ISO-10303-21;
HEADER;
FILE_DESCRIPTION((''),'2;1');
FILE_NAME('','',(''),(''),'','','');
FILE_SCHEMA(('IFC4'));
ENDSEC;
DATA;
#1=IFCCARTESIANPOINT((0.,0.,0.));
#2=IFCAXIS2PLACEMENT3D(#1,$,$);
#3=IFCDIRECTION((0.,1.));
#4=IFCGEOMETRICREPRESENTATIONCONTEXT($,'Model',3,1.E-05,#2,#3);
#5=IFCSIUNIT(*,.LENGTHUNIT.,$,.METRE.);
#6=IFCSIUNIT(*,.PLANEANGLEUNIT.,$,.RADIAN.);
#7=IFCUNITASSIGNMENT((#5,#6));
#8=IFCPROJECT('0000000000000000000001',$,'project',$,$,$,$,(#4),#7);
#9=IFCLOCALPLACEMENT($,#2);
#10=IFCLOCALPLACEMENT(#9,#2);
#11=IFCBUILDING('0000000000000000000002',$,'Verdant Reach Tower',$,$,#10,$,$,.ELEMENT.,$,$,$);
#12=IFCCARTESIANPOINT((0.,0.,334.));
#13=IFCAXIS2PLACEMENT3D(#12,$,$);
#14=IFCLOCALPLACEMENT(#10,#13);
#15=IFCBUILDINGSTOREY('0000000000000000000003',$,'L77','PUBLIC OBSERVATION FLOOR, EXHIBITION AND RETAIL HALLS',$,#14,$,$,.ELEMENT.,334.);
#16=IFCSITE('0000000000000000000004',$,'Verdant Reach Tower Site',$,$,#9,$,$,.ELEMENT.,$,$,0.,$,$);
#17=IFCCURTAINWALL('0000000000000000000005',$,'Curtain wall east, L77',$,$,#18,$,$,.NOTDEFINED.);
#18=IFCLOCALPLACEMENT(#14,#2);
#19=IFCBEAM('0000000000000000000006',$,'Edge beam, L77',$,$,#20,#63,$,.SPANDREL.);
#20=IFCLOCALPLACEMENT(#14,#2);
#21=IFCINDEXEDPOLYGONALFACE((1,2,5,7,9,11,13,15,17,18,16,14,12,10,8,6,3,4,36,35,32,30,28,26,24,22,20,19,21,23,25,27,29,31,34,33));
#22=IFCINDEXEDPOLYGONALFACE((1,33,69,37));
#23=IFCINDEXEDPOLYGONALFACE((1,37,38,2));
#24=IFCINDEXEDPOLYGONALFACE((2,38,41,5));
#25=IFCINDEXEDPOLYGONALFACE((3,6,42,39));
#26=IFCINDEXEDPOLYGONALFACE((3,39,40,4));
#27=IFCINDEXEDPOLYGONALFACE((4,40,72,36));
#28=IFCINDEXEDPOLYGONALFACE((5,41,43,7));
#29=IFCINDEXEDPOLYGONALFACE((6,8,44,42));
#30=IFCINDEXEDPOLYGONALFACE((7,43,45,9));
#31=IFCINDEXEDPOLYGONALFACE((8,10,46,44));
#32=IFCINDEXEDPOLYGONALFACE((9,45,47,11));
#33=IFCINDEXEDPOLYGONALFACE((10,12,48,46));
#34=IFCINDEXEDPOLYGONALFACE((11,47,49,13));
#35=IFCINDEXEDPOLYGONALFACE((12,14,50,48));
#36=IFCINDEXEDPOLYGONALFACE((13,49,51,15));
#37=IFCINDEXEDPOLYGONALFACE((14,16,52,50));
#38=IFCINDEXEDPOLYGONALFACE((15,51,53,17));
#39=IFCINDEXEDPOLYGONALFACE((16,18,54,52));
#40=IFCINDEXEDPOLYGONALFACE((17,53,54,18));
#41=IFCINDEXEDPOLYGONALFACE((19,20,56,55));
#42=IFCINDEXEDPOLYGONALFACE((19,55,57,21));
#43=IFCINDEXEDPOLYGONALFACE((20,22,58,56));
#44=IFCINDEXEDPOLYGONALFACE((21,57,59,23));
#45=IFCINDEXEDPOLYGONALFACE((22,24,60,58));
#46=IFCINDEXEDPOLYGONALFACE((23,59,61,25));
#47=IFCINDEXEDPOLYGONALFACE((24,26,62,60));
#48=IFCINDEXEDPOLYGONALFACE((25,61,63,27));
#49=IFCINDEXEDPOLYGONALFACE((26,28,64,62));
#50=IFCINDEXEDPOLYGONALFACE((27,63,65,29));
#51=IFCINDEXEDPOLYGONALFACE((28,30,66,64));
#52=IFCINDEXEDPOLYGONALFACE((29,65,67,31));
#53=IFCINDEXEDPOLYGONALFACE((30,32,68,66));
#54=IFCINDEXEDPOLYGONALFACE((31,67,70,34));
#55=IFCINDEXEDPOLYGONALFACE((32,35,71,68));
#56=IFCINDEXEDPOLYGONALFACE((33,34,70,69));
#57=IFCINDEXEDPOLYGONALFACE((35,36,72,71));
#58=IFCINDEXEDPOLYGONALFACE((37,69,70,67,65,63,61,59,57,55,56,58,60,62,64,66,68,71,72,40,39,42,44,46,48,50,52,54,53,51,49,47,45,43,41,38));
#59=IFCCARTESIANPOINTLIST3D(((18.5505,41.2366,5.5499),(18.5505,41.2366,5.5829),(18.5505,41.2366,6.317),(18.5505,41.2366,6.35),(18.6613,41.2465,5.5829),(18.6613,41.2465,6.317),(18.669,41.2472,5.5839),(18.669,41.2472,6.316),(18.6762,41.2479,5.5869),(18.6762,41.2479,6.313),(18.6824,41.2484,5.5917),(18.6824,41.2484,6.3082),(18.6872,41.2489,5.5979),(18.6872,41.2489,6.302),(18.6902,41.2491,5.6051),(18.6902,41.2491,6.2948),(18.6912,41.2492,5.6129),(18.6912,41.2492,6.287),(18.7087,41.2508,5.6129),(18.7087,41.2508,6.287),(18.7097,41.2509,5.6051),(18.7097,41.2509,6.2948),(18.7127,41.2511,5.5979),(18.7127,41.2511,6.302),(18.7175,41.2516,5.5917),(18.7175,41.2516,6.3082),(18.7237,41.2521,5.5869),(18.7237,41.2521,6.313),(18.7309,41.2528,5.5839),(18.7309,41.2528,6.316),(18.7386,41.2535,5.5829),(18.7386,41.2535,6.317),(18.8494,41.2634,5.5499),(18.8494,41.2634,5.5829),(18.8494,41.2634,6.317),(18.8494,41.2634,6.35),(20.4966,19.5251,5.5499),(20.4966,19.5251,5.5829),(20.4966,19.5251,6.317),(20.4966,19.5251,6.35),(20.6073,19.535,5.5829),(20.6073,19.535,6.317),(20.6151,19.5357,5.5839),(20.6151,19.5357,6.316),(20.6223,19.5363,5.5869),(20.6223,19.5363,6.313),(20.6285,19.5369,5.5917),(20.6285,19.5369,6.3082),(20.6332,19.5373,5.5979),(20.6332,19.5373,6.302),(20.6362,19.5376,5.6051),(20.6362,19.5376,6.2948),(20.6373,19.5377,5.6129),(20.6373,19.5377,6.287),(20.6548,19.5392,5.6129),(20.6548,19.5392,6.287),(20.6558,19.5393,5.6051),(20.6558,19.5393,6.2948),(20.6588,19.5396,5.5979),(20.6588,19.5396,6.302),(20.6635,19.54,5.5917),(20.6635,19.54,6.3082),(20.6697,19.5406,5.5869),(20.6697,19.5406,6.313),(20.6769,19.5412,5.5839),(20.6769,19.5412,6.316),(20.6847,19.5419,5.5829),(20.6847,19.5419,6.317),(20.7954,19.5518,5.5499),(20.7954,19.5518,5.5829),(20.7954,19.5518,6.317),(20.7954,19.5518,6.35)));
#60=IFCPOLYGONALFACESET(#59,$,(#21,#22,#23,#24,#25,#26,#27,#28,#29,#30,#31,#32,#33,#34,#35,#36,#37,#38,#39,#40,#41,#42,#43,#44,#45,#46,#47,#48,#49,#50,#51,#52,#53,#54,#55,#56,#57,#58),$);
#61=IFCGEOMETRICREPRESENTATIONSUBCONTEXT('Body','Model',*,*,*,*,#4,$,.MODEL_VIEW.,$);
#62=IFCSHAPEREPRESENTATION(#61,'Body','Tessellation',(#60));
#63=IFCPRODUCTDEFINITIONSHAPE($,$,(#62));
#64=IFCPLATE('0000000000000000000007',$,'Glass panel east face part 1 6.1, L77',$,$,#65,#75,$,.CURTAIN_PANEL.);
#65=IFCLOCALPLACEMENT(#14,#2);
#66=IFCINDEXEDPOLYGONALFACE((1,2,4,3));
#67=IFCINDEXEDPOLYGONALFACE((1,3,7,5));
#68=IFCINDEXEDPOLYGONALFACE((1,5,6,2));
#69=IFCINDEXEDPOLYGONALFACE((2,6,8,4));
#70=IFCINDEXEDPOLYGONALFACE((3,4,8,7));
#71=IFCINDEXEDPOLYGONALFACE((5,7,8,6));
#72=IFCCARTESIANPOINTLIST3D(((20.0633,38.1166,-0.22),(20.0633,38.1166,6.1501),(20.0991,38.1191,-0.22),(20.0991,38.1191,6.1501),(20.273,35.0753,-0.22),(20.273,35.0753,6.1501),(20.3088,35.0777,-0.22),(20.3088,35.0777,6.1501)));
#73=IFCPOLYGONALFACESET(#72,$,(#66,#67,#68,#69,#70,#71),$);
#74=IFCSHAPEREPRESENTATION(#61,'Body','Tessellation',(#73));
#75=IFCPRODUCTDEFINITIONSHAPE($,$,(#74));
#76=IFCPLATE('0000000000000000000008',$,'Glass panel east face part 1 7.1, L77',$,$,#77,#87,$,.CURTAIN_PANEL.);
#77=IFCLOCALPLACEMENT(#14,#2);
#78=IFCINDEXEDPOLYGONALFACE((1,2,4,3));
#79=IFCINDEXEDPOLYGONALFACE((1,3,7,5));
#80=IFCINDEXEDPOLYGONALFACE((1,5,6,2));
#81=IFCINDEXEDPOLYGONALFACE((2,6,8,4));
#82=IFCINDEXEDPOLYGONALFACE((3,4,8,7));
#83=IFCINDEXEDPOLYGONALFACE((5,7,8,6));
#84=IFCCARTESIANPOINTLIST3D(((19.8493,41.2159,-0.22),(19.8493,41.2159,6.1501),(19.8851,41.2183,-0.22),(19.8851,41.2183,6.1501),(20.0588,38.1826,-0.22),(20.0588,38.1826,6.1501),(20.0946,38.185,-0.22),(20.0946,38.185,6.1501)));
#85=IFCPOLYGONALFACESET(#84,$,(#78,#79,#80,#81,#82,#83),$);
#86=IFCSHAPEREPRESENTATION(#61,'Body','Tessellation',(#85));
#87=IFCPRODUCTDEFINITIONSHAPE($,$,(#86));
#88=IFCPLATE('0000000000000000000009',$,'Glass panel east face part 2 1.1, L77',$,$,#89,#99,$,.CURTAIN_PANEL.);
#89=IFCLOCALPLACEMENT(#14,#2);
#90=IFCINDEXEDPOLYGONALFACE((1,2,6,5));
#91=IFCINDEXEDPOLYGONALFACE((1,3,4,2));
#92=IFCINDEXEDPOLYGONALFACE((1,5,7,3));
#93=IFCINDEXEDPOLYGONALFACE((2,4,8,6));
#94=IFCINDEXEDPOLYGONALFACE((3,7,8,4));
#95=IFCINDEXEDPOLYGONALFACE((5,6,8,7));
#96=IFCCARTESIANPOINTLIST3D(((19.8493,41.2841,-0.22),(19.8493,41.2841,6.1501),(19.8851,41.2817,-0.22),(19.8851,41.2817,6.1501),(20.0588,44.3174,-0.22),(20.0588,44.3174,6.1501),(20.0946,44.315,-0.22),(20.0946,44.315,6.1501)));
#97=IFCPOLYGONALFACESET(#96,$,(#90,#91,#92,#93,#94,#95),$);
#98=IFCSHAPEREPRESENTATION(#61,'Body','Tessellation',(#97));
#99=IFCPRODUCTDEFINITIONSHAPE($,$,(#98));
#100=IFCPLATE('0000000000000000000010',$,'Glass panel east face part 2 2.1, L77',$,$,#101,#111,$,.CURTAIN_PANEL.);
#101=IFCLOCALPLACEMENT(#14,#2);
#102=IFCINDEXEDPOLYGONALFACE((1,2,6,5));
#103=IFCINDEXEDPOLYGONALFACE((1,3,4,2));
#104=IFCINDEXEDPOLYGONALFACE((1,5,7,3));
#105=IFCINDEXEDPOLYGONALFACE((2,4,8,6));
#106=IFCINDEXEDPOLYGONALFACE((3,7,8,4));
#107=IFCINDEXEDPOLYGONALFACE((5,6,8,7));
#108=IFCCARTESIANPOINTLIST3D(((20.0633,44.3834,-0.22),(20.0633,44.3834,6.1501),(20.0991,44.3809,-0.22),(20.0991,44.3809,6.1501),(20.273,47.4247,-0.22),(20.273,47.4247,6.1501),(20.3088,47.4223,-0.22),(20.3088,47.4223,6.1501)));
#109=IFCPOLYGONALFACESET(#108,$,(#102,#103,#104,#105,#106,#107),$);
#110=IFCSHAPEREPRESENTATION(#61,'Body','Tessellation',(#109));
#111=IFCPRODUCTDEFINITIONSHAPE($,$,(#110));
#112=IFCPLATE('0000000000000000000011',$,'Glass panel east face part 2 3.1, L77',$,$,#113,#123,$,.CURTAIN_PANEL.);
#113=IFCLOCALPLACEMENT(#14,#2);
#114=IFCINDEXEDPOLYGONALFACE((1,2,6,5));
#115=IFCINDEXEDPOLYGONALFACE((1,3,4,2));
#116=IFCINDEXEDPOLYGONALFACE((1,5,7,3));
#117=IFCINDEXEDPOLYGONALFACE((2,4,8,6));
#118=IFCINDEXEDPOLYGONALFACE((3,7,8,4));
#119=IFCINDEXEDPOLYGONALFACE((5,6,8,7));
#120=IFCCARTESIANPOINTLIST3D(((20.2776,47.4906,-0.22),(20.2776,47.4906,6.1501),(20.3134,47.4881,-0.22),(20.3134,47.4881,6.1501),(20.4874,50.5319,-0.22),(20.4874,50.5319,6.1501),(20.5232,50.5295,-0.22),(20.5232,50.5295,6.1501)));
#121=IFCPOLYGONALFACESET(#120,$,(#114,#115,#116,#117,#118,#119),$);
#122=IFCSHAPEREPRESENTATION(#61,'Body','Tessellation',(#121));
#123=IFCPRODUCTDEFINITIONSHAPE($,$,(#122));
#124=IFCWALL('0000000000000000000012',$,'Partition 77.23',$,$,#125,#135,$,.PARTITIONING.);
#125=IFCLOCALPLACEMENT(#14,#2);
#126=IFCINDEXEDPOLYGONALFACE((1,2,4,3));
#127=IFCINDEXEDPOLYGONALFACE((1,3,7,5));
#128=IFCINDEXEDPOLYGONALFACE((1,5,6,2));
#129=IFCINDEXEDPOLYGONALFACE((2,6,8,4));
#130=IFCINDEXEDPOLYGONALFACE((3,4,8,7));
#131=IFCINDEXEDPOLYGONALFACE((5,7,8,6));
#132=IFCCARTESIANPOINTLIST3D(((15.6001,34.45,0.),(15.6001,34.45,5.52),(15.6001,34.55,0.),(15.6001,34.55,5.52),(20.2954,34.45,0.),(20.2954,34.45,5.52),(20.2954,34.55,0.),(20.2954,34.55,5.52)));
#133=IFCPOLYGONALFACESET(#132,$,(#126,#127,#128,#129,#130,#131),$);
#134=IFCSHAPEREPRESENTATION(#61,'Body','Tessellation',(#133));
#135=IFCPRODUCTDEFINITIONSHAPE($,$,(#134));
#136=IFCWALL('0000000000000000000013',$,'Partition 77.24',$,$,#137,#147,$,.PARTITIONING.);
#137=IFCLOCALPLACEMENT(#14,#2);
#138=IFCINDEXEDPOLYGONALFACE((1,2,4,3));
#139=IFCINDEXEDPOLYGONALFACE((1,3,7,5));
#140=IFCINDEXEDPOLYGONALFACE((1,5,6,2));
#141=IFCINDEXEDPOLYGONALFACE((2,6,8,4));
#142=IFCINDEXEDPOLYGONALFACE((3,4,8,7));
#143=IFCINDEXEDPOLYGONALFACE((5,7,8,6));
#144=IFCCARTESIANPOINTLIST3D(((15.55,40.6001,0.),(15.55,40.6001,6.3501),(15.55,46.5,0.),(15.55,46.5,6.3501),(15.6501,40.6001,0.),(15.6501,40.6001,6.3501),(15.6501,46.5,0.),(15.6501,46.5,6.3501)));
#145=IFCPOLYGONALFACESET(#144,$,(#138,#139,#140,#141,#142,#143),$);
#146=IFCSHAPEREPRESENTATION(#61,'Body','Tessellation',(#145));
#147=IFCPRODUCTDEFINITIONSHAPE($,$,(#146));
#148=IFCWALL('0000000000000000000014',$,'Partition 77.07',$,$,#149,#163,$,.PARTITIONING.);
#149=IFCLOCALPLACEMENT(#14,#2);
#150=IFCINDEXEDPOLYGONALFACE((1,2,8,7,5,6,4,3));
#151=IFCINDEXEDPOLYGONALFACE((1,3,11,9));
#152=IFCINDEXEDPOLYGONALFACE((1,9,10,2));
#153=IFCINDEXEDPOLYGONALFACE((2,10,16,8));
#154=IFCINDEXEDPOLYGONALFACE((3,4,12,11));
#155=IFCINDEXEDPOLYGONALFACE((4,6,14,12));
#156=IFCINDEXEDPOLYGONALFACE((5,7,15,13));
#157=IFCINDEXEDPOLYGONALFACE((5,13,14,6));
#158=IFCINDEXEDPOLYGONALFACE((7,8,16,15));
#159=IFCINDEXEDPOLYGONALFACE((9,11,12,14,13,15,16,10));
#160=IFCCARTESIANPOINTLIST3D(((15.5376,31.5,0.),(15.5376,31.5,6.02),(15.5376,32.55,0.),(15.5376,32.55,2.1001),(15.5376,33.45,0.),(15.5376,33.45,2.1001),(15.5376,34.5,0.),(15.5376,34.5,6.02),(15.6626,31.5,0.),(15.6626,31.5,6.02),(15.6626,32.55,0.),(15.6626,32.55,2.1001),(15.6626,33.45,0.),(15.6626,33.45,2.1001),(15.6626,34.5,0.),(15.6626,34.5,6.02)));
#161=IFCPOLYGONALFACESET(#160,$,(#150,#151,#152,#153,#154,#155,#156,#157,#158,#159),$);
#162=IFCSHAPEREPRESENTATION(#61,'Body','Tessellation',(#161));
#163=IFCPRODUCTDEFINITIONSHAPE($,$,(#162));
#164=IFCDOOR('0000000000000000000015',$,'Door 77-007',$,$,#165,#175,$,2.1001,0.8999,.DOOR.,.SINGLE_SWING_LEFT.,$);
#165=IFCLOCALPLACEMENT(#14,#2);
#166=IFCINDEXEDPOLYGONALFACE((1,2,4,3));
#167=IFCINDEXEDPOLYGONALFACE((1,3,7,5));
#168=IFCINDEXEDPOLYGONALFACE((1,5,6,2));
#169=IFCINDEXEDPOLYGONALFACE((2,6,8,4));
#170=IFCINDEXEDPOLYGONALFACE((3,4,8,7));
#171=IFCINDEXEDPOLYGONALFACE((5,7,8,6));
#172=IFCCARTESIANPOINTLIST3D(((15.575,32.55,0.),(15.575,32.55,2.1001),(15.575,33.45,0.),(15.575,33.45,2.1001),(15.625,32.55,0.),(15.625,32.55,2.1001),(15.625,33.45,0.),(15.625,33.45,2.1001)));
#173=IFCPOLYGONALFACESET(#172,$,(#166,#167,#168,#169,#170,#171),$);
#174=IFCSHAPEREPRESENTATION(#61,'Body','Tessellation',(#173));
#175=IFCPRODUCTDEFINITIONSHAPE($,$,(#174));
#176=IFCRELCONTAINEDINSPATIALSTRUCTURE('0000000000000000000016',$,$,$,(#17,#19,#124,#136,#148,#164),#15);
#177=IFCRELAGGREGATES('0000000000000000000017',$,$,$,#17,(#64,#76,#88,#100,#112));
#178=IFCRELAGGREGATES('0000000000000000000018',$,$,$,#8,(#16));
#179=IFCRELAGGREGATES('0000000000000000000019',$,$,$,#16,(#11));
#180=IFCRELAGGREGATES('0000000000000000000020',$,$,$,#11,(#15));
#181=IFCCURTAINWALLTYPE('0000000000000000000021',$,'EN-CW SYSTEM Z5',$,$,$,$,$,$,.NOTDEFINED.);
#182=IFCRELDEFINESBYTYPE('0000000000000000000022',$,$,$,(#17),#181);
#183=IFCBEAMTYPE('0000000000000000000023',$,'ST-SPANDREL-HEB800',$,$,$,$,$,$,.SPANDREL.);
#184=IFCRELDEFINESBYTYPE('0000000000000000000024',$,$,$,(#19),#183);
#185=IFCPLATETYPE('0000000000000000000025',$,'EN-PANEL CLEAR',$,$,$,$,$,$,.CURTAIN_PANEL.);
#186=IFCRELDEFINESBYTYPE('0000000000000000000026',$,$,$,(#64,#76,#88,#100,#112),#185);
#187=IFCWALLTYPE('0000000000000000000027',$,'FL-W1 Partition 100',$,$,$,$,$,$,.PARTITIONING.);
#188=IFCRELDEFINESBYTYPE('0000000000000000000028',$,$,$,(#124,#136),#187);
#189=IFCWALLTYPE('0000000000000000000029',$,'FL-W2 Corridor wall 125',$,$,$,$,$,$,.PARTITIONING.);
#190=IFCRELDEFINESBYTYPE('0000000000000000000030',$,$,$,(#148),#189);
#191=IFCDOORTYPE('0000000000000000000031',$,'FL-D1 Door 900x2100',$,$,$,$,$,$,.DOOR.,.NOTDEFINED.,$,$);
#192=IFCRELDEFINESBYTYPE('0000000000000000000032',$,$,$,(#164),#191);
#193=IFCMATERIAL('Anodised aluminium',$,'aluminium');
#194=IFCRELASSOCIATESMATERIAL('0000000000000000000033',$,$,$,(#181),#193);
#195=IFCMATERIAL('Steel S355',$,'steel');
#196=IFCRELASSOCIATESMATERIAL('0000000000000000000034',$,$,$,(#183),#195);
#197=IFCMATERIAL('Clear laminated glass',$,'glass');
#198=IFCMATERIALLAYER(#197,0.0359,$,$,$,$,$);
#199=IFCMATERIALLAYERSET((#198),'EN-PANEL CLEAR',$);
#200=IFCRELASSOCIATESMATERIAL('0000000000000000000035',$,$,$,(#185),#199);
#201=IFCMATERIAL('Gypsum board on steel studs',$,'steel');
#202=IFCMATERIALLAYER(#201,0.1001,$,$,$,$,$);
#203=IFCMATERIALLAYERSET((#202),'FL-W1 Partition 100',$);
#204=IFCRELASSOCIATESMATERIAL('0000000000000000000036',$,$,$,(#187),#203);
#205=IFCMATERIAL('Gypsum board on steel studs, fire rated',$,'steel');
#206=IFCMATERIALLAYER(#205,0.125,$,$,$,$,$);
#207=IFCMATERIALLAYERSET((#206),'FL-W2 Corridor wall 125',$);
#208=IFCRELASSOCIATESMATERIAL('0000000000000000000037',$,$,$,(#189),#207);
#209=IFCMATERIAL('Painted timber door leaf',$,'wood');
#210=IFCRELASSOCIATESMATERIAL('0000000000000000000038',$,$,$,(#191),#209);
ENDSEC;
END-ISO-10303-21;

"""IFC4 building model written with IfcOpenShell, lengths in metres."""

from ifc_helpers import new_model, si_unit, direction, frame, frame_2d, origin, origin_2d, place, context, subcontext, project, spatial, rectangle, i_section, extrude, material, layer, layer_set, material_profile, profile_set, type_object, element, fill, aggregate, save


model = new_model("IFC4")

# Units and contexts
model_context = context("Model", 3, precision=1e-05, world=origin(), true_north=direction((0.0, 1.0)))
body_context = subcontext(model_context, "Body", "Model", "MODEL_VIEW")
ifc_project = project(units=[si_unit("LENGTHUNIT", "METRE"), si_unit("PLANEANGLEUNIT", "RADIAN")], contexts=[model_context])

# Site, building, storey
site_placement = place(None, origin())
site = spatial("IfcSite", under=ifc_project, at=site_placement, Name="Verdant Reach Tower Site", CompositionType="ELEMENT", RefElevation=0.0)
building_placement = place(site_placement, origin())
building = spatial("IfcBuilding", under=site, at=building_placement, Name="Verdant Reach Tower", CompositionType="ELEMENT")
storey_placement = place(building_placement, frame((0.0, 0.0, 334.0)))
storey = spatial("IfcBuildingStorey", under=building, at=storey_placement, Name="L77", Description="PUBLIC OBSERVATION FLOOR, EXHIBITION AND RETAIL HALLS", CompositionType="ELEMENT", Elevation=334.0)

# Curtain wall
ifc_material_1 = material(Name="Anodised aluminium", Category="aluminium")
curtain_wall_type = type_object("IfcCurtainWallType", Name="EN-CW SYSTEM Z5", PredefinedType="NOTDEFINED", material=ifc_material_1)
curtain_wall_placement = place(storey_placement, origin())
curtain_wall = element("IfcCurtainWall", 1, at=curtain_wall_placement, inside=storey, type_object=curtain_wall_type, Name="Curtain wall east, L77", PredefinedType="NOTDEFINED")

# Beam
ifc_material_2 = material(Name="Steel S355", Category="steel")
ifc_material_profile_1 = material_profile(ifc_material_2, i_section(OverallWidth=0.3, OverallDepth=0.8, WebThickness=0.0176, FlangeThickness=0.033, FilletRadius=0.03, at=origin_2d()), Name="HEB 800")
ifc_profile_set_1 = profile_set([ifc_material_profile_1], Name="Steel S355")
beam_type_1 = type_object("IfcBeamType", Name="ST-SPANDREL-HEB800", PredefinedType="SPANDREL", material=ifc_profile_set_1)
beam_1_placement = place(storey_placement, frame((18.7, 41.25, 5.95), z_axis=(0.089274, -0.996007, 0.0), x_axis=(0.996007, 0.089274, 0.0)))
element("IfcBeam", 2, at=beam_1_placement, inside=storey, type_object=beam_type_1, Name="Edge beam, L77", PredefinedType="SPANDREL", context=body_context, shape_type="SweptSolid", body=[
    extrude(i_section(OverallWidth=0.3, OverallDepth=0.8, WebThickness=0.0176, FlangeThickness=0.033, FilletRadius=0.03, at=origin_2d()), origin(), (0.0, 0.0, 1.0), 21.7986),
])

# Plates
ifc_material_3 = material(Name="Clear laminated glass", Category="glass")
ifc_layer_1 = layer(ifc_material_3, 0.0359)
ifc_layer_set_1 = layer_set([ifc_layer_1], Name="EN-PANEL CLEAR")
plate_type = type_object("IfcPlateType", Name="EN-PANEL CLEAR", PredefinedType="CURTAIN_PANEL", material=ifc_layer_set_1)
plate_1_placement = place(storey_placement, frame((20.186, 36.5972, -0.22), z_axis=(0.0, 0.0, 1.0), x_axis=(-0.068802, 0.99763, 0.0)))
plate_1 = element("IfcPlate", 3, at=plate_1_placement, type_object=plate_type, Name="Glass panel east face part 1 6.1, L77", PredefinedType="CURTAIN_PANEL", context=body_context, shape_type="SweptSolid", body=[
    extrude(rectangle(XDim=3.0486, YDim=0.0359, at=origin_2d()), origin(), (0.0, 0.0, 1.0), 6.3701),
])
plate_2_placement = place(storey_placement, frame((19.9719, 39.7004, -0.22), z_axis=(0.0, 0.0, 1.0), x_axis=(-0.06889, 0.997624, 0.0)))
plate_2 = element("IfcPlate", 4, at=plate_2_placement, type_object=plate_type, Name="Glass panel east face part 1 7.1, L77", PredefinedType="CURTAIN_PANEL", context=body_context, shape_type="SweptSolid", body=[
    extrude(rectangle(XDim=3.0405, YDim=0.0359, at=origin_2d()), origin(), (0.0, 0.0, 1.0), 6.3701),
])
plate_3_placement = place(storey_placement, frame((19.9719, 42.7996, -0.22), z_axis=(0.0, 0.0, 1.0), x_axis=(0.06889, 0.997624, 0.0)))
plate_3 = element("IfcPlate", 5, at=plate_3_placement, type_object=plate_type, Name="Glass panel east face part 2 1.1, L77", PredefinedType="CURTAIN_PANEL", context=body_context, shape_type="SweptSolid", body=[
    extrude(rectangle(XDim=3.0405, YDim=0.0359, at=origin_2d()), origin(), (0.0, 0.0, 1.0), 6.3701),
])
plate_4_placement = place(storey_placement, frame((20.186, 45.9028, -0.22), z_axis=(0.0, 0.0, 1.0), x_axis=(0.068802, 0.99763, 0.0)))
plate_4 = element("IfcPlate", 6, at=plate_4_placement, type_object=plate_type, Name="Glass panel east face part 2 2.1, L77", PredefinedType="CURTAIN_PANEL", context=body_context, shape_type="SweptSolid", body=[
    extrude(rectangle(XDim=3.0486, YDim=0.0359, at=origin_2d()), origin(), (0.0, 0.0, 1.0), 6.3701),
])
plate_5_placement = place(storey_placement, frame((20.4004, 49.01, -0.22), z_axis=(0.0, 0.0, 1.0), x_axis=(0.068802, 0.99763, 0.0)))
plate_5 = element("IfcPlate", 7, at=plate_5_placement, type_object=plate_type, Name="Glass panel east face part 2 3.1, L77", PredefinedType="CURTAIN_PANEL", context=body_context, shape_type="SweptSolid", body=[
    extrude(rectangle(XDim=3.0486, YDim=0.0359, at=origin_2d()), origin(), (0.0, 0.0, 1.0), 6.3701),
])
aggregate(curtain_wall, [plate_1, plate_2, plate_3, plate_4, plate_5])

# Walls
ifc_material_4 = material(Name="Gypsum board on steel studs", Category="steel")
ifc_layer_2 = layer(ifc_material_4, 0.1001)
ifc_layer_set_2 = layer_set([ifc_layer_2], Name="FL-W1 Partition 100")
wall_type_1 = type_object("IfcWallType", Name="FL-W1 Partition 100", PredefinedType="PARTITIONING", material=ifc_layer_set_2)
wall_1_placement = place(storey_placement, frame((20.2954, 34.5, 0.0), z_axis=(0.0, 0.0, 1.0), x_axis=(-1.0, 0.0, 0.0)))
element("IfcWall", 8, at=wall_1_placement, inside=storey, type_object=wall_type_1, Name="Partition 77.23", PredefinedType="PARTITIONING", context=body_context, shape_type="SweptSolid", body=[
    extrude(rectangle(XDim=4.6953, YDim=0.1001, at=frame_2d((2.3477, 0.0))), origin(), (0.0, 0.0, 1.0), 5.52),
])
wall_2_placement = place(storey_placement, frame((15.6001, 46.5, 0.0), z_axis=(0.0, 0.0, 1.0), x_axis=(0.0, -1.0, 0.0)))
element("IfcWall", 9, at=wall_2_placement, inside=storey, type_object=wall_type_1, Name="Partition 77.24", PredefinedType="PARTITIONING", context=body_context, shape_type="SweptSolid", body=[
    extrude(rectangle(XDim=5.8999, YDim=0.1001, at=frame_2d((2.95, 0.0))), origin(), (0.0, 0.0, 1.0), 6.3501),
])

# Wall, opening, door
ifc_material_5 = material(Name="Gypsum board on steel studs, fire rated", Category="steel")
ifc_layer_3 = layer(ifc_material_5, 0.125)
ifc_layer_set_3 = layer_set([ifc_layer_3], Name="FL-W2 Corridor wall 125")
wall_type_2 = type_object("IfcWallType", Name="FL-W2 Corridor wall 125", PredefinedType="PARTITIONING", material=ifc_layer_set_3)
wall_3_placement = place(storey_placement, frame((15.6001, 34.5, 0.0), z_axis=(0.0, 0.0, 1.0), x_axis=(0.0, -1.0, 0.0)))
wall_3 = element("IfcWall", 10, at=wall_3_placement, inside=storey, type_object=wall_type_2, Name="Partition 77.07", PredefinedType="PARTITIONING", context=body_context, shape_type="SweptSolid", body=[
    extrude(rectangle(XDim=3.0, YDim=0.125, at=frame_2d((1.5, 0.0))), origin(), (0.0, 0.0, 1.0), 6.02),
])
opening_1_placement = place(wall_3_placement, frame((1.05, 0.0, 0.0)))
opening_1 = element("IfcOpeningElement", 11, at=opening_1_placement, cuts=wall_3, PredefinedType="OPENING", context=body_context, shape_type="SweptSolid", body=[
    extrude(rectangle(XDim=0.8999, YDim=2.1001, at=frame_2d((0.45, 1.05))), frame((0.0, 0.0725, 0.0), z_axis=(0.0, -1.0, 0.0), x_axis=(1.0, 0.0, 0.0)), (0.0, 0.0, 1.0), 0.145),
])
ifc_material_6 = material(Name="Painted timber door leaf", Category="wood")
door_type_1 = type_object("IfcDoorType", Name="FL-D1 Door 900x2100", OperationType="NOTDEFINED", PredefinedType="DOOR", material=ifc_material_6)
door_1_placement = place(opening_1_placement, origin())
door_1 = element("IfcDoor", 12, at=door_1_placement, inside=storey, type_object=door_type_1, Name="Door 77-007", OperationType="SINGLE_SWING_LEFT", OverallHeight=2.1001, OverallWidth=0.8999, PredefinedType="DOOR", context=body_context, shape_type="SweptSolid", body=[
    extrude(rectangle(XDim=0.8999, YDim=2.1001, at=frame_2d((0.45, 1.05))), frame((0.0, 0.0249, 0.0), z_axis=(0.0, -1.0, 0.0), x_axis=(1.0, 0.0, 0.0)), (0.0, 0.0, 1.0), 0.05),
])
fill(opening_1, door_1)

save(model, "model.ifc")
